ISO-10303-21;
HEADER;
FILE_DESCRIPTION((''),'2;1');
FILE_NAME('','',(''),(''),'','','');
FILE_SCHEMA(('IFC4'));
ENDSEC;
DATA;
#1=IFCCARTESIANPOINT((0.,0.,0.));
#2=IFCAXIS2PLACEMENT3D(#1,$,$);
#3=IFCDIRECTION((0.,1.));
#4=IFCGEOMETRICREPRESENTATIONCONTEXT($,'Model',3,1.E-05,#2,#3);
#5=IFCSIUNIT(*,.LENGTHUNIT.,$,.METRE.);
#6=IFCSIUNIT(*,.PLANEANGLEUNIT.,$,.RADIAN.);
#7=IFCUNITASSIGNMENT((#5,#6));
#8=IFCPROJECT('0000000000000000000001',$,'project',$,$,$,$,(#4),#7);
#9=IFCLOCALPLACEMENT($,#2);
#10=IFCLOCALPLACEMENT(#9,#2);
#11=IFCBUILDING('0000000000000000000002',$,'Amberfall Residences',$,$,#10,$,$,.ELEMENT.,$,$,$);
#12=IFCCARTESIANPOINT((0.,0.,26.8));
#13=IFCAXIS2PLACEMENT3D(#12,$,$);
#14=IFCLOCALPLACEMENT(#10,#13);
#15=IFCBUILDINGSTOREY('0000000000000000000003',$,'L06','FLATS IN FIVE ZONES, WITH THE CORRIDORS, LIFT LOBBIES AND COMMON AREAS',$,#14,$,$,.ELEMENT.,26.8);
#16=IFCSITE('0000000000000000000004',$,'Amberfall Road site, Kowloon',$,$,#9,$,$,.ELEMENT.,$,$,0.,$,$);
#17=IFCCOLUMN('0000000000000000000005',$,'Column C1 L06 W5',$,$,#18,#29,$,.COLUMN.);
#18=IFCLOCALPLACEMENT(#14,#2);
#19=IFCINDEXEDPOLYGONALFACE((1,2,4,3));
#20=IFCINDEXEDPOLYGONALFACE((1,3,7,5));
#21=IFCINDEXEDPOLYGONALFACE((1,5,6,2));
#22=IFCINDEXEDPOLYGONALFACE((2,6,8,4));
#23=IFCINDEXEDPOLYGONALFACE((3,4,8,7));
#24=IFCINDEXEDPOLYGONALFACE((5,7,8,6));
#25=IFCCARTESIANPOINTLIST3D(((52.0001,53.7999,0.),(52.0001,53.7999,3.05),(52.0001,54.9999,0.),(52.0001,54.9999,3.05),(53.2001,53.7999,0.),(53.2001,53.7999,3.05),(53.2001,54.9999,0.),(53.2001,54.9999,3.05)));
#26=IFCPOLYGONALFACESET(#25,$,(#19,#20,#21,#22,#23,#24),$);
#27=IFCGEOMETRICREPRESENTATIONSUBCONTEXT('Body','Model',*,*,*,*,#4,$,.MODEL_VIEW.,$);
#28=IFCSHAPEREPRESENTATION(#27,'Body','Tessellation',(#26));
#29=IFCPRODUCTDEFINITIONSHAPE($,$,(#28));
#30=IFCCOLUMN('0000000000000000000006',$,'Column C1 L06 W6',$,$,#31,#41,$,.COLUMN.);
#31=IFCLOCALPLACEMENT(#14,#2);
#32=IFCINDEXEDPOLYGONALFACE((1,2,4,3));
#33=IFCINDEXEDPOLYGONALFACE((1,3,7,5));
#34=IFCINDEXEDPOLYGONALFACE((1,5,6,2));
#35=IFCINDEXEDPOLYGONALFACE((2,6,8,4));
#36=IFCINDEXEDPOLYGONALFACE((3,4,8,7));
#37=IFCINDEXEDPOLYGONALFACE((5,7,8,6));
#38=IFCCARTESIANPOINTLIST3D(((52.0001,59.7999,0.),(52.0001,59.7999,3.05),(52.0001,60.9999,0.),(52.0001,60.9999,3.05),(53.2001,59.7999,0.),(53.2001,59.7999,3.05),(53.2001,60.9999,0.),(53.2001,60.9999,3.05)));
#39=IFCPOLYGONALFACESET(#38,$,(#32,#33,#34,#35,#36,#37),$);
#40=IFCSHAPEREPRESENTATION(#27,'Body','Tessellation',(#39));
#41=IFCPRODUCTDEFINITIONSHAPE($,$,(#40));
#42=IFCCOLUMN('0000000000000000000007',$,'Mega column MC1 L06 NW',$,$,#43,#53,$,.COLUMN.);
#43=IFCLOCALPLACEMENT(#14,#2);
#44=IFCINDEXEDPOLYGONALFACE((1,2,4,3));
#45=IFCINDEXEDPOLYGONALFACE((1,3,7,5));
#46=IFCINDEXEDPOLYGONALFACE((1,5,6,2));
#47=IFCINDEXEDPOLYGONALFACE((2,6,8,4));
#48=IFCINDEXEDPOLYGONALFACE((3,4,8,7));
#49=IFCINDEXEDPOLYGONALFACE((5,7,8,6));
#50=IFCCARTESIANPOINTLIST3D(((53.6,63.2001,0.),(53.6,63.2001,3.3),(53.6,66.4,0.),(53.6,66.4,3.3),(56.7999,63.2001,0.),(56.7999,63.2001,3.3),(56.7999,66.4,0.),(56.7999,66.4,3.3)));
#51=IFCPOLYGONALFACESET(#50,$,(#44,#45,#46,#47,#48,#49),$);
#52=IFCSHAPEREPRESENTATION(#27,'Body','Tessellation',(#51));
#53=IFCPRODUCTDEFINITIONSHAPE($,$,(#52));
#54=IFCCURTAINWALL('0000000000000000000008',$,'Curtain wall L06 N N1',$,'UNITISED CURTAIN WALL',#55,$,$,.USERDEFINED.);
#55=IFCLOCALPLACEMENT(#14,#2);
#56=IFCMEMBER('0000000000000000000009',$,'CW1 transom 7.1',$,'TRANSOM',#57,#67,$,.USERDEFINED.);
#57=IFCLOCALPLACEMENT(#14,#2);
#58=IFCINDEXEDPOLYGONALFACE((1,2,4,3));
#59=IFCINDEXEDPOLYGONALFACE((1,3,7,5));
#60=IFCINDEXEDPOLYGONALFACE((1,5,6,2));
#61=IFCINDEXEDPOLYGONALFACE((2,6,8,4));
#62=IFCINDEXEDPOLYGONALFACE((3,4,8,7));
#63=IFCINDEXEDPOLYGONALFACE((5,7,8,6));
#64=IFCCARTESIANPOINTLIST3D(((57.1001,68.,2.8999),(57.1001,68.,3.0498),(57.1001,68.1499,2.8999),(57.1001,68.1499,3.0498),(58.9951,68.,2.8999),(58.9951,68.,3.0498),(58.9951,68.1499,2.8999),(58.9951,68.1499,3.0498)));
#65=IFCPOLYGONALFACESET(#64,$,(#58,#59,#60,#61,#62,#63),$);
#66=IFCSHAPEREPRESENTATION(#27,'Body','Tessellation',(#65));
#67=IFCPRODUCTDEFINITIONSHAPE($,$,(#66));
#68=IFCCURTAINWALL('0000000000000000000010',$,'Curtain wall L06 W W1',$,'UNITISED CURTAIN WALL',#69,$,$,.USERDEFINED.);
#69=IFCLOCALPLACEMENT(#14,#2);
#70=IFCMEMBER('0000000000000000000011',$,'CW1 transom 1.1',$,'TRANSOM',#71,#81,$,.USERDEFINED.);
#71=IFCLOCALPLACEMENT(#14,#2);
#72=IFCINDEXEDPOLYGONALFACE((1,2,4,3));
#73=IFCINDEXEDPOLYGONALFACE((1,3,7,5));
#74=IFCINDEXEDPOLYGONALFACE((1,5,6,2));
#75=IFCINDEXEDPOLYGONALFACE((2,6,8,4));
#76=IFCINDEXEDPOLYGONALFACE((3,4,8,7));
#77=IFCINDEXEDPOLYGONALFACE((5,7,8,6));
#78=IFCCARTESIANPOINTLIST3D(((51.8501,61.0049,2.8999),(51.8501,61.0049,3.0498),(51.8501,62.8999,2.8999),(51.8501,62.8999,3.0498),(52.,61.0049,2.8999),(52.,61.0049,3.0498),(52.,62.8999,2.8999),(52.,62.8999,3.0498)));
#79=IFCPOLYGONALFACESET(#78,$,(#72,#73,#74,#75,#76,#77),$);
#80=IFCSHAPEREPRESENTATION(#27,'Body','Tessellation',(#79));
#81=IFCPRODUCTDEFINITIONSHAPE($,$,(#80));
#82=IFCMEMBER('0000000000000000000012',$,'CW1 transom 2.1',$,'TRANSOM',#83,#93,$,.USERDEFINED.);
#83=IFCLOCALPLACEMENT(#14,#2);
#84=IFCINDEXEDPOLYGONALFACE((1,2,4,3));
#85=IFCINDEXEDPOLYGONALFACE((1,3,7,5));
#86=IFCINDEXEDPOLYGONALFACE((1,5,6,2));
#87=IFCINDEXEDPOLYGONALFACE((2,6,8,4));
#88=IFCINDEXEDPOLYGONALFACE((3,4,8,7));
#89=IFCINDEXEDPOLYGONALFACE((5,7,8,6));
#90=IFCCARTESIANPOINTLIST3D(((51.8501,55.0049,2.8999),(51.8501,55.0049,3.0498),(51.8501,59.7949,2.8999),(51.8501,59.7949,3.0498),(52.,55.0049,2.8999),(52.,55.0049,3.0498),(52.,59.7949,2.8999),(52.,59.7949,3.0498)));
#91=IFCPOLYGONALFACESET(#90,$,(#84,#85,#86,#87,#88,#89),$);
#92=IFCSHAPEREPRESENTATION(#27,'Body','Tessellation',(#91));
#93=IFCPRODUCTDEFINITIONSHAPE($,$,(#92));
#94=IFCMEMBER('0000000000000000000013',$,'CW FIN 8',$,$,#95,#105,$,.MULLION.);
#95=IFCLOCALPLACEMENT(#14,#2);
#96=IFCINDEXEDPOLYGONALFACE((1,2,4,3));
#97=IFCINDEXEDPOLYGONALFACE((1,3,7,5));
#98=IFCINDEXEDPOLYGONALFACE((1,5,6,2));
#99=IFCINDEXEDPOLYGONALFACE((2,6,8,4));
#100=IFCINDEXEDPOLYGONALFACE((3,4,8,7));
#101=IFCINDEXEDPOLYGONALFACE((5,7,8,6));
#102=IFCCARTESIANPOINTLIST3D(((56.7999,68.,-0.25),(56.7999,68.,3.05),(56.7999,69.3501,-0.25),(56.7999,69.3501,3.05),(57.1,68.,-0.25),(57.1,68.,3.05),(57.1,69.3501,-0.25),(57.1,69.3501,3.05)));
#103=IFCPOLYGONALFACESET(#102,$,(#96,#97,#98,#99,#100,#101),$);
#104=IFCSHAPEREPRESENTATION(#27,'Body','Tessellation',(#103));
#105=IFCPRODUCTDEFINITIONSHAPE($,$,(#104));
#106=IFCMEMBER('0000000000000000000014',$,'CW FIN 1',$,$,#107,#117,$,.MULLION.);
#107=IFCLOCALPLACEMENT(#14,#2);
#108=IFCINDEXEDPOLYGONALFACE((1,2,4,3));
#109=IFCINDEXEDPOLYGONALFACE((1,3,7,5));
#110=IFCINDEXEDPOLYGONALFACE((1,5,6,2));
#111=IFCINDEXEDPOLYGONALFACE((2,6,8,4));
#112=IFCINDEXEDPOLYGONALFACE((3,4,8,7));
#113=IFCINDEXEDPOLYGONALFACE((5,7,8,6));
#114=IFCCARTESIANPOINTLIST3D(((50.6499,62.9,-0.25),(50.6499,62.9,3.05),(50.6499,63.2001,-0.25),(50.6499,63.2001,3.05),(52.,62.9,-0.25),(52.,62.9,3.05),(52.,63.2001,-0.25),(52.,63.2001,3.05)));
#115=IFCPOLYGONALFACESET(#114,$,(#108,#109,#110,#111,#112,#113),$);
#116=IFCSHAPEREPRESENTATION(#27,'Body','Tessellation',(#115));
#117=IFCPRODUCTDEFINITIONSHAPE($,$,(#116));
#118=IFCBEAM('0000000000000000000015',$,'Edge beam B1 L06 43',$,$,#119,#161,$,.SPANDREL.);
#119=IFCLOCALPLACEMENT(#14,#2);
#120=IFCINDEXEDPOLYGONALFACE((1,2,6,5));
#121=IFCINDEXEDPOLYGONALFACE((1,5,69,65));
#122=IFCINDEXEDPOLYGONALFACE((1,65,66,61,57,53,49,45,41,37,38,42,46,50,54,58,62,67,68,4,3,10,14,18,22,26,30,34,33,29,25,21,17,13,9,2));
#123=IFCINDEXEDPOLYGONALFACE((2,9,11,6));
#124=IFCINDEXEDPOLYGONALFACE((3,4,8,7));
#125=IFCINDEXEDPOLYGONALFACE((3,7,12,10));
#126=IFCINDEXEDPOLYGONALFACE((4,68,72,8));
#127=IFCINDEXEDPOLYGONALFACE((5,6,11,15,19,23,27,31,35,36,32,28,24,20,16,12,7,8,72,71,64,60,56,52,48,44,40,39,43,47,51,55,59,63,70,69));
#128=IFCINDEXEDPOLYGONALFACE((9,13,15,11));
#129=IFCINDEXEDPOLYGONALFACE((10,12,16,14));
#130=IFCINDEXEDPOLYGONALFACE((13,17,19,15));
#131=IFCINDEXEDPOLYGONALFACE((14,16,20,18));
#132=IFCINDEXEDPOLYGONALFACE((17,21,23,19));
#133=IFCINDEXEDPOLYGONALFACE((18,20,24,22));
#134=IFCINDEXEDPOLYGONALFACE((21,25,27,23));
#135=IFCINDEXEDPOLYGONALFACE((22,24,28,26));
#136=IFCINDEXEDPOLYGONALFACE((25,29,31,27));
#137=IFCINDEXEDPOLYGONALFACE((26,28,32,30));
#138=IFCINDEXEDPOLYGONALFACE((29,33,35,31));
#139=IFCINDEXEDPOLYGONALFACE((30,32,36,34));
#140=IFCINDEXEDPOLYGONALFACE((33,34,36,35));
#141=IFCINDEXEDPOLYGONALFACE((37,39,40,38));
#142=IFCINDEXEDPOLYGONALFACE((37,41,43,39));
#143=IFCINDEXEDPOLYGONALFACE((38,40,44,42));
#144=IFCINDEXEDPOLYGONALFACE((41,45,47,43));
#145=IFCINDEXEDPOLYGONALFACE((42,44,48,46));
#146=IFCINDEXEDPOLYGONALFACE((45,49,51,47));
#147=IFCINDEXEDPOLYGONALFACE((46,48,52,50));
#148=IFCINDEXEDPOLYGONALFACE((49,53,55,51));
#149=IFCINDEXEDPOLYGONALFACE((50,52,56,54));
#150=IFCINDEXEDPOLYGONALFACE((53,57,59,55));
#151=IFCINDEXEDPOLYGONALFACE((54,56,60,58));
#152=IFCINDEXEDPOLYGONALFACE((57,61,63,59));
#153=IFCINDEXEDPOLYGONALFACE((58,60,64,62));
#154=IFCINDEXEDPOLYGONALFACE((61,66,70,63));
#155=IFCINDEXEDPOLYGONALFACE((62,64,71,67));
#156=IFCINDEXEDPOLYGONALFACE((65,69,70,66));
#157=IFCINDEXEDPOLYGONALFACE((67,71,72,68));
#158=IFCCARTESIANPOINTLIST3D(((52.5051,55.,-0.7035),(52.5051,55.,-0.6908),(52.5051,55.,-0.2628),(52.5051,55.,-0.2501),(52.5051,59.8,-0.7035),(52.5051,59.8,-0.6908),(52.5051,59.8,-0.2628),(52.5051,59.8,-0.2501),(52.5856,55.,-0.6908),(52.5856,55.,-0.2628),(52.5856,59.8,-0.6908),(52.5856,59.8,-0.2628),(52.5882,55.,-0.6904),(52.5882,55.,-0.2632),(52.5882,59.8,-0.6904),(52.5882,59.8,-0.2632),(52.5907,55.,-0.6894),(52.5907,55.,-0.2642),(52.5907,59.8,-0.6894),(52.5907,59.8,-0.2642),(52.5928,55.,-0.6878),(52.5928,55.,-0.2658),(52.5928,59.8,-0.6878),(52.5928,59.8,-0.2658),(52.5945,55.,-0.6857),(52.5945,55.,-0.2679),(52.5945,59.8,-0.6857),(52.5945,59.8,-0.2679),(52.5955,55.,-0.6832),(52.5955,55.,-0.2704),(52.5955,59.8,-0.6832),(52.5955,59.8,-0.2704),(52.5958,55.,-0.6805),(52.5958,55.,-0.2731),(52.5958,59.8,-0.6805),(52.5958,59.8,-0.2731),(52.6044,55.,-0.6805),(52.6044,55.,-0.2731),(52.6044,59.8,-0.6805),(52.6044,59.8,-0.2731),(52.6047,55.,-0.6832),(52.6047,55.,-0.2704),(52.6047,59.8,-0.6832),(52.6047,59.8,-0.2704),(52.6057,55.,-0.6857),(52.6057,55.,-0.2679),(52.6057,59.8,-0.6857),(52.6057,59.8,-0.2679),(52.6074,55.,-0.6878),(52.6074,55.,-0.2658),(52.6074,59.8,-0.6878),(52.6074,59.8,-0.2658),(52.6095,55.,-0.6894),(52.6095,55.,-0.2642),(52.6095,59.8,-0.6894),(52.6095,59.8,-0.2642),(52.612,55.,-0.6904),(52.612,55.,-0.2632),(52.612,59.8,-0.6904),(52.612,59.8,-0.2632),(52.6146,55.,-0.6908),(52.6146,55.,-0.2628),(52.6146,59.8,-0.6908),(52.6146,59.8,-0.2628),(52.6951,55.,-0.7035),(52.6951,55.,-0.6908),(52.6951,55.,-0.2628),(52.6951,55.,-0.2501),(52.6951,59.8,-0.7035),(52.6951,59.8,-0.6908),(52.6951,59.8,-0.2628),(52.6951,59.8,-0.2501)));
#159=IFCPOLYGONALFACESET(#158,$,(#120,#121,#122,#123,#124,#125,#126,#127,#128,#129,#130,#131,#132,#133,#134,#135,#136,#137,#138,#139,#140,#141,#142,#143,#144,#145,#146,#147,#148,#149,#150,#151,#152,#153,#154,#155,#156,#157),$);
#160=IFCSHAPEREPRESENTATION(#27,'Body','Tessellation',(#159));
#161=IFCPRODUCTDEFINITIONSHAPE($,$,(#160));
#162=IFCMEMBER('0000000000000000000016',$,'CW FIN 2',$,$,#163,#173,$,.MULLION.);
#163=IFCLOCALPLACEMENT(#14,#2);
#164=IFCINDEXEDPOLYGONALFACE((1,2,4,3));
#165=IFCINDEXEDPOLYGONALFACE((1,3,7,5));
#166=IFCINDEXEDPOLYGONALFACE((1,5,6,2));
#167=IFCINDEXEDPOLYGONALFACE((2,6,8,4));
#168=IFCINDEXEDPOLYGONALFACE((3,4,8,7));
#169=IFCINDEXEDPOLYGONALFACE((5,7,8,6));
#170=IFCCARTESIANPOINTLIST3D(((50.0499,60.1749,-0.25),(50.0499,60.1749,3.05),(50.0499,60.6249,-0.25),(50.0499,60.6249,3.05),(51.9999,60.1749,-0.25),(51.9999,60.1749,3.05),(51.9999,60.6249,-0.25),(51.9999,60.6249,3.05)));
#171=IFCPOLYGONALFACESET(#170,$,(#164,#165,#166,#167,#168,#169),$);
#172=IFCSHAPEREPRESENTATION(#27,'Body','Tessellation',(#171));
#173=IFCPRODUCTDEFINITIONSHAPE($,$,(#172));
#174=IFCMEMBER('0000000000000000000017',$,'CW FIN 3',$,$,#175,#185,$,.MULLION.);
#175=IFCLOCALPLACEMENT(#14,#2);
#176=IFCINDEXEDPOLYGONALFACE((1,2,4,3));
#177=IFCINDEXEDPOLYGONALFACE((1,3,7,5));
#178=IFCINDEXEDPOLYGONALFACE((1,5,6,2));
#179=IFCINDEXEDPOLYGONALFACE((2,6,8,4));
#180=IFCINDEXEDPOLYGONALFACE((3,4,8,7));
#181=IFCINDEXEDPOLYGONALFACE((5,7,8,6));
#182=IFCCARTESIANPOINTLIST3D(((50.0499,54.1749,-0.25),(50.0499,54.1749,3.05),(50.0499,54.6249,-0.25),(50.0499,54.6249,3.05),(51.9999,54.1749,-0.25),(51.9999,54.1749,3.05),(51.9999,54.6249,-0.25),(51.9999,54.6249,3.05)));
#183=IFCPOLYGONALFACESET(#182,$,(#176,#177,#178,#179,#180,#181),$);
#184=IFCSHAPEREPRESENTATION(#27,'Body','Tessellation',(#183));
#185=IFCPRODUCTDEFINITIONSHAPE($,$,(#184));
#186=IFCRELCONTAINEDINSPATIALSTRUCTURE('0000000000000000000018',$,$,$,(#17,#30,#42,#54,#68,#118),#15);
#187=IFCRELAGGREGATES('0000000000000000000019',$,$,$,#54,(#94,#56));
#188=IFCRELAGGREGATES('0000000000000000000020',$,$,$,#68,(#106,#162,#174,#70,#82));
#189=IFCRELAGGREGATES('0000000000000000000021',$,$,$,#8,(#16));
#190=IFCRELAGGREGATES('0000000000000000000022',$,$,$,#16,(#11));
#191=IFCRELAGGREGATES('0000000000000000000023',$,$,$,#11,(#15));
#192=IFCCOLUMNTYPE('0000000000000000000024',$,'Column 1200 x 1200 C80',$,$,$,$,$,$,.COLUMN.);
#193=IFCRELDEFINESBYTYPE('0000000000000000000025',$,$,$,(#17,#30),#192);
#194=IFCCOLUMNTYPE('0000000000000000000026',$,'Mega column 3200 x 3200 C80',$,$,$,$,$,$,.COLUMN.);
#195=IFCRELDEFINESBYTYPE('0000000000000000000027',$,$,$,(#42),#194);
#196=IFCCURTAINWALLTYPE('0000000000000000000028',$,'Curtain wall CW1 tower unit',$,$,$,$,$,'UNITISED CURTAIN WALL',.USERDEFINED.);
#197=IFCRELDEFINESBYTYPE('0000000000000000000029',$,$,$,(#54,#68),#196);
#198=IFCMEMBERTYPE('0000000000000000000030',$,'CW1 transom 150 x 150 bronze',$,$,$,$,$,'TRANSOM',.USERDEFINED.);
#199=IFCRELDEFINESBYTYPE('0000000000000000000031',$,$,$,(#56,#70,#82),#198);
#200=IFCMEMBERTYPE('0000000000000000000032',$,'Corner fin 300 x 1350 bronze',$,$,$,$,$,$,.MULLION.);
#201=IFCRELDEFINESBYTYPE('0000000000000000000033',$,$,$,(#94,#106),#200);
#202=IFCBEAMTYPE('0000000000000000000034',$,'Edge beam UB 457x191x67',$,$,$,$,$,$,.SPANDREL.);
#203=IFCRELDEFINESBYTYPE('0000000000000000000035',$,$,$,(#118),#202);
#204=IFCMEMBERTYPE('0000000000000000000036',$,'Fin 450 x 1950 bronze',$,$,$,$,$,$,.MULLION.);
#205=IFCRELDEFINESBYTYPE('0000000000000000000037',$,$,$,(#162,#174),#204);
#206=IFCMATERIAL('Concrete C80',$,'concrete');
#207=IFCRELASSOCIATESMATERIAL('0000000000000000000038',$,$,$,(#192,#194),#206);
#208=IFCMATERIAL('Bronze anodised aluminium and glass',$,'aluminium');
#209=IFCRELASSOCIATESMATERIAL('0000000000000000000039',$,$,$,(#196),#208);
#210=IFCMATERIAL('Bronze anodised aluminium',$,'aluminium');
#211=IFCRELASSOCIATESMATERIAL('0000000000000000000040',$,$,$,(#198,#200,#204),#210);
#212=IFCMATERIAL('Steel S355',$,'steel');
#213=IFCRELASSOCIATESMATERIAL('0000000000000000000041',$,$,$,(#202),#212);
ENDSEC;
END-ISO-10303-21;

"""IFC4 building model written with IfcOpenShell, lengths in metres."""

from ifc_helpers import new_model, si_unit, direction, frame, origin, origin_2d, place, context, subcontext, project, spatial, rectangle, i_section, extrude, material, material_profile, profile_set, type_object, element, aggregate, save


model = new_model("IFC4")

# Units and contexts
model_context = context("Model", 3, precision=1e-05, world=origin(), true_north=direction((0.0, 1.0)))
body_context = subcontext(model_context, "Body", "Model", "MODEL_VIEW")
ifc_project = project(units=[si_unit("LENGTHUNIT", "METRE"), si_unit("PLANEANGLEUNIT", "RADIAN")], contexts=[model_context])

# Site, building, storey
site_placement = place(None, origin())
site = spatial("IfcSite", under=ifc_project, at=site_placement, Name="Amberfall Road site, Kowloon", CompositionType="ELEMENT", RefElevation=0.0)
building_placement = place(site_placement, origin())
building = spatial("IfcBuilding", under=site, at=building_placement, Name="Amberfall Residences", CompositionType="ELEMENT")
storey_placement = place(building_placement, frame((0.0, 0.0, 26.8)))
storey = spatial("IfcBuildingStorey", under=building, at=storey_placement, Name="L06", Description="FLATS IN FIVE ZONES, WITH THE CORRIDORS, LIFT LOBBIES AND COMMON AREAS", CompositionType="ELEMENT", Elevation=26.8)

# Columns
ifc_material_1 = material(Name="Concrete C80", Category="concrete")
ifc_material_profile_1 = material_profile(ifc_material_1, rectangle(XDim=1.2, YDim=1.2, at=origin_2d()), Name="Column 1200 x 1200 C80")
ifc_profile_set_1 = profile_set([ifc_material_profile_1], Name="Concrete C80")
column_type_1 = type_object("IfcColumnType", Name="Column 1200 x 1200 C80", PredefinedType="COLUMN", material=ifc_profile_set_1)
for number, where, z_axis, x_axis, name in (
    (1, (52.6001, 54.3999, 0.0), (0.0, 0.0, 1.0), (1.0, 0.0, 0.0), "Column C1 L06 W5"),
    (2, (52.6001, 60.3999, 0.0), (0.0, 0.0, 1.0), (1.0, 0.0, 0.0), "Column C1 L06 W6"),
):
    element("IfcColumn", number, at=place(storey_placement, frame(where, z_axis=z_axis, x_axis=x_axis)), inside=storey, type_object=column_type_1, Name=name, PredefinedType="COLUMN", context=body_context, shape_type="SweptSolid", body=[
        extrude(rectangle(XDim=1.2, YDim=1.2, at=origin_2d()), origin(), (0.0, 0.0, 1.0), 3.05),
    ])
ifc_material_profile_2 = material_profile(ifc_material_1, rectangle(XDim=3.2, YDim=3.2, at=origin_2d()), Name="Mega column 3200 x 3200 C80")
ifc_profile_set_2 = profile_set([ifc_material_profile_2], Name="Concrete C80")
column_type_2 = type_object("IfcColumnType", Name="Mega column 3200 x 3200 C80", PredefinedType="COLUMN", material=ifc_profile_set_2)
column_placement = place(storey_placement, frame((55.2, 64.8, 0.0), z_axis=(0.0, 0.0, 1.0), x_axis=(1.0, 0.0, 0.0)))
element("IfcColumn", 3, at=column_placement, inside=storey, type_object=column_type_2, Name="Mega column MC1 L06 NW", PredefinedType="COLUMN", context=body_context, shape_type="SweptSolid", body=[
    extrude(rectangle(XDim=3.2, YDim=3.2, at=origin_2d()), origin(), (0.0, 0.0, 1.0), 3.3),
])

# Curtain wall, member
ifc_material_2 = material(Name="Bronze anodised aluminium and glass", Category="aluminium")
curtain_wall_type = type_object("IfcCurtainWallType", Name="Curtain wall CW1 tower unit", ElementType="UNITISED CURTAIN WALL", PredefinedType="USERDEFINED", material=ifc_material_2)
curtain_wall_1_placement = place(storey_placement, origin())
curtain_wall_1 = element("IfcCurtainWall", 4, at=curtain_wall_1_placement, inside=storey, type_object=curtain_wall_type, Name="Curtain wall L06 N N1", ObjectType="UNITISED CURTAIN WALL", PredefinedType="USERDEFINED")
ifc_material_3 = material(Name="Bronze anodised aluminium", Category="aluminium")
ifc_material_profile_3 = material_profile(ifc_material_3, rectangle(XDim=0.1499, YDim=0.1499, at=origin_2d()), Name="CW1 transom 150 x 150 bronze")
ifc_profile_set_3 = profile_set([ifc_material_profile_3], Name="Bronze anodised aluminium")
member_type_1 = type_object("IfcMemberType", Name="CW1 transom 150 x 150 bronze", ElementType="TRANSOM", PredefinedType="USERDEFINED", material=ifc_profile_set_3)
member_1_placement = place(storey_placement, frame((58.9951, 68.075, 2.9749), z_axis=(-1.0, 0.0, 0.0), x_axis=(0.0, -1.0, 0.0)))
member_1 = element("IfcMember", 5, at=member_1_placement, type_object=member_type_1, Name="CW1 transom 7.1", ObjectType="TRANSOM", PredefinedType="USERDEFINED", context=body_context, shape_type="SweptSolid", body=[
    extrude(rectangle(XDim=0.1499, YDim=0.1499, at=origin_2d()), origin(), (0.0, 0.0, 1.0), 1.895),
])

# Curtain wall, members
curtain_wall_2_placement = place(storey_placement, origin())
curtain_wall_2 = element("IfcCurtainWall", 6, at=curtain_wall_2_placement, inside=storey, type_object=curtain_wall_type, Name="Curtain wall L06 W W1", ObjectType="UNITISED CURTAIN WALL", PredefinedType="USERDEFINED")
member_2_placement = place(storey_placement, frame((51.925, 62.8999, 2.9749), z_axis=(0.0, -1.0, 0.0), x_axis=(1.0, 0.0, 0.0)))
member_2 = element("IfcMember", 7, at=member_2_placement, type_object=member_type_1, Name="CW1 transom 1.1", ObjectType="TRANSOM", PredefinedType="USERDEFINED", context=body_context, shape_type="SweptSolid", body=[
    extrude(rectangle(XDim=0.1499, YDim=0.1499, at=origin_2d()), origin(), (0.0, 0.0, 1.0), 1.895),
])
member_3_placement = place(storey_placement, frame((51.925, 59.7949, 2.9749), z_axis=(0.0, -1.0, 0.0), x_axis=(1.0, 0.0, 0.0)))
member_3 = element("IfcMember", 8, at=member_3_placement, type_object=member_type_1, Name="CW1 transom 2.1", ObjectType="TRANSOM", PredefinedType="USERDEFINED", context=body_context, shape_type="SweptSolid", body=[
    extrude(rectangle(XDim=0.1499, YDim=0.1499, at=origin_2d()), origin(), (0.0, 0.0, 1.0), 4.79),
])

# Members
ifc_material_profile_4 = material_profile(ifc_material_3, rectangle(XDim=1.3501, YDim=0.3, at=origin_2d()), Name="Corner fin 300 x 1350 bronze")
ifc_profile_set_4 = profile_set([ifc_material_profile_4], Name="Bronze anodised aluminium")
member_type_2 = type_object("IfcMemberType", Name="Corner fin 300 x 1350 bronze", PredefinedType="MULLION", material=ifc_profile_set_4)
member_4_placement = place(storey_placement, frame((56.95, 68.675, -0.25), z_axis=(0.0, 0.0, 1.0), x_axis=(0.0, -1.0, 0.0)))
member_4 = element("IfcMember", 9, at=member_4_placement, type_object=member_type_2, Name="CW FIN 8", PredefinedType="MULLION", context=body_context, shape_type="SweptSolid", body=[
    extrude(rectangle(XDim=1.3501, YDim=0.3, at=origin_2d()), origin(), (0.0, 0.0, 1.0), 3.3),
])
member_5_placement = place(storey_placement, frame((51.325, 63.05, -0.25), z_axis=(0.0, 0.0, 1.0), x_axis=(1.0, 0.0, 0.0)))
member_5 = element("IfcMember", 10, at=member_5_placement, type_object=member_type_2, Name="CW FIN 1", PredefinedType="MULLION", context=body_context, shape_type="SweptSolid", body=[
    extrude(rectangle(XDim=1.3501, YDim=0.3, at=origin_2d()), origin(), (0.0, 0.0, 1.0), 3.3),
])

# Beam
ifc_material_4 = material(Name="Steel S355", Category="steel")
ifc_material_profile_5 = material_profile(ifc_material_4, i_section(OverallWidth=0.1899, OverallDepth=0.4534, WebThickness=0.0085, FlangeThickness=0.0127, FilletRadius=0.0103, at=origin_2d()), Name="UB 457x191x67")
ifc_profile_set_5 = profile_set([ifc_material_profile_5], Name="Steel S355")
beam_type_1 = type_object("IfcBeamType", Name="Edge beam UB 457x191x67", PredefinedType="SPANDREL", material=ifc_profile_set_5)
beam_1_placement = place(storey_placement, frame((52.6001, 55.0, -0.4768), z_axis=(0.0, 1.0, 0.0), x_axis=(-1.0, 0.0, 0.0)))
element("IfcBeam", 11, at=beam_1_placement, inside=storey, type_object=beam_type_1, Name="Edge beam B1 L06 43", PredefinedType="SPANDREL", context=body_context, shape_type="SweptSolid", body=[
    extrude(i_section(OverallWidth=0.1899, OverallDepth=0.4534, WebThickness=0.0085, FlangeThickness=0.0127, FilletRadius=0.0103, at=origin_2d()), origin(), (0.0, 0.0, 1.0), 4.8),
])

# Members
ifc_material_profile_6 = material_profile(ifc_material_3, rectangle(XDim=1.95, YDim=0.45, at=origin_2d()), Name="Fin 450 x 1950 bronze")
ifc_profile_set_6 = profile_set([ifc_material_profile_6], Name="Bronze anodised aluminium")
member_type_3 = type_object("IfcMemberType", Name="Fin 450 x 1950 bronze", PredefinedType="MULLION", material=ifc_profile_set_6)
member_6_placement = place(storey_placement, frame((51.0249, 60.3999, -0.25), z_axis=(0.0, 0.0, 1.0), x_axis=(1.0, 0.0, 0.0)))
member_6 = element("IfcMember", 12, at=member_6_placement, type_object=member_type_3, Name="CW FIN 2", PredefinedType="MULLION", context=body_context, shape_type="SweptSolid", body=[
    extrude(rectangle(XDim=1.95, YDim=0.45, at=origin_2d()), origin(), (0.0, 0.0, 1.0), 3.3),
])
member_7_placement = place(storey_placement, frame((51.0249, 54.3999, -0.25), z_axis=(0.0, 0.0, 1.0), x_axis=(1.0, 0.0, 0.0)))
member_7 = element("IfcMember", 13, at=member_7_placement, type_object=member_type_3, Name="CW FIN 3", PredefinedType="MULLION", context=body_context, shape_type="SweptSolid", body=[
    extrude(rectangle(XDim=1.95, YDim=0.45, at=origin_2d()), origin(), (0.0, 0.0, 1.0), 3.3),
])

aggregate(curtain_wall_1, [member_4, member_1])
aggregate(curtain_wall_2, [member_5, member_6, member_7, member_2, member_3])

save(model, "model.ifc")
